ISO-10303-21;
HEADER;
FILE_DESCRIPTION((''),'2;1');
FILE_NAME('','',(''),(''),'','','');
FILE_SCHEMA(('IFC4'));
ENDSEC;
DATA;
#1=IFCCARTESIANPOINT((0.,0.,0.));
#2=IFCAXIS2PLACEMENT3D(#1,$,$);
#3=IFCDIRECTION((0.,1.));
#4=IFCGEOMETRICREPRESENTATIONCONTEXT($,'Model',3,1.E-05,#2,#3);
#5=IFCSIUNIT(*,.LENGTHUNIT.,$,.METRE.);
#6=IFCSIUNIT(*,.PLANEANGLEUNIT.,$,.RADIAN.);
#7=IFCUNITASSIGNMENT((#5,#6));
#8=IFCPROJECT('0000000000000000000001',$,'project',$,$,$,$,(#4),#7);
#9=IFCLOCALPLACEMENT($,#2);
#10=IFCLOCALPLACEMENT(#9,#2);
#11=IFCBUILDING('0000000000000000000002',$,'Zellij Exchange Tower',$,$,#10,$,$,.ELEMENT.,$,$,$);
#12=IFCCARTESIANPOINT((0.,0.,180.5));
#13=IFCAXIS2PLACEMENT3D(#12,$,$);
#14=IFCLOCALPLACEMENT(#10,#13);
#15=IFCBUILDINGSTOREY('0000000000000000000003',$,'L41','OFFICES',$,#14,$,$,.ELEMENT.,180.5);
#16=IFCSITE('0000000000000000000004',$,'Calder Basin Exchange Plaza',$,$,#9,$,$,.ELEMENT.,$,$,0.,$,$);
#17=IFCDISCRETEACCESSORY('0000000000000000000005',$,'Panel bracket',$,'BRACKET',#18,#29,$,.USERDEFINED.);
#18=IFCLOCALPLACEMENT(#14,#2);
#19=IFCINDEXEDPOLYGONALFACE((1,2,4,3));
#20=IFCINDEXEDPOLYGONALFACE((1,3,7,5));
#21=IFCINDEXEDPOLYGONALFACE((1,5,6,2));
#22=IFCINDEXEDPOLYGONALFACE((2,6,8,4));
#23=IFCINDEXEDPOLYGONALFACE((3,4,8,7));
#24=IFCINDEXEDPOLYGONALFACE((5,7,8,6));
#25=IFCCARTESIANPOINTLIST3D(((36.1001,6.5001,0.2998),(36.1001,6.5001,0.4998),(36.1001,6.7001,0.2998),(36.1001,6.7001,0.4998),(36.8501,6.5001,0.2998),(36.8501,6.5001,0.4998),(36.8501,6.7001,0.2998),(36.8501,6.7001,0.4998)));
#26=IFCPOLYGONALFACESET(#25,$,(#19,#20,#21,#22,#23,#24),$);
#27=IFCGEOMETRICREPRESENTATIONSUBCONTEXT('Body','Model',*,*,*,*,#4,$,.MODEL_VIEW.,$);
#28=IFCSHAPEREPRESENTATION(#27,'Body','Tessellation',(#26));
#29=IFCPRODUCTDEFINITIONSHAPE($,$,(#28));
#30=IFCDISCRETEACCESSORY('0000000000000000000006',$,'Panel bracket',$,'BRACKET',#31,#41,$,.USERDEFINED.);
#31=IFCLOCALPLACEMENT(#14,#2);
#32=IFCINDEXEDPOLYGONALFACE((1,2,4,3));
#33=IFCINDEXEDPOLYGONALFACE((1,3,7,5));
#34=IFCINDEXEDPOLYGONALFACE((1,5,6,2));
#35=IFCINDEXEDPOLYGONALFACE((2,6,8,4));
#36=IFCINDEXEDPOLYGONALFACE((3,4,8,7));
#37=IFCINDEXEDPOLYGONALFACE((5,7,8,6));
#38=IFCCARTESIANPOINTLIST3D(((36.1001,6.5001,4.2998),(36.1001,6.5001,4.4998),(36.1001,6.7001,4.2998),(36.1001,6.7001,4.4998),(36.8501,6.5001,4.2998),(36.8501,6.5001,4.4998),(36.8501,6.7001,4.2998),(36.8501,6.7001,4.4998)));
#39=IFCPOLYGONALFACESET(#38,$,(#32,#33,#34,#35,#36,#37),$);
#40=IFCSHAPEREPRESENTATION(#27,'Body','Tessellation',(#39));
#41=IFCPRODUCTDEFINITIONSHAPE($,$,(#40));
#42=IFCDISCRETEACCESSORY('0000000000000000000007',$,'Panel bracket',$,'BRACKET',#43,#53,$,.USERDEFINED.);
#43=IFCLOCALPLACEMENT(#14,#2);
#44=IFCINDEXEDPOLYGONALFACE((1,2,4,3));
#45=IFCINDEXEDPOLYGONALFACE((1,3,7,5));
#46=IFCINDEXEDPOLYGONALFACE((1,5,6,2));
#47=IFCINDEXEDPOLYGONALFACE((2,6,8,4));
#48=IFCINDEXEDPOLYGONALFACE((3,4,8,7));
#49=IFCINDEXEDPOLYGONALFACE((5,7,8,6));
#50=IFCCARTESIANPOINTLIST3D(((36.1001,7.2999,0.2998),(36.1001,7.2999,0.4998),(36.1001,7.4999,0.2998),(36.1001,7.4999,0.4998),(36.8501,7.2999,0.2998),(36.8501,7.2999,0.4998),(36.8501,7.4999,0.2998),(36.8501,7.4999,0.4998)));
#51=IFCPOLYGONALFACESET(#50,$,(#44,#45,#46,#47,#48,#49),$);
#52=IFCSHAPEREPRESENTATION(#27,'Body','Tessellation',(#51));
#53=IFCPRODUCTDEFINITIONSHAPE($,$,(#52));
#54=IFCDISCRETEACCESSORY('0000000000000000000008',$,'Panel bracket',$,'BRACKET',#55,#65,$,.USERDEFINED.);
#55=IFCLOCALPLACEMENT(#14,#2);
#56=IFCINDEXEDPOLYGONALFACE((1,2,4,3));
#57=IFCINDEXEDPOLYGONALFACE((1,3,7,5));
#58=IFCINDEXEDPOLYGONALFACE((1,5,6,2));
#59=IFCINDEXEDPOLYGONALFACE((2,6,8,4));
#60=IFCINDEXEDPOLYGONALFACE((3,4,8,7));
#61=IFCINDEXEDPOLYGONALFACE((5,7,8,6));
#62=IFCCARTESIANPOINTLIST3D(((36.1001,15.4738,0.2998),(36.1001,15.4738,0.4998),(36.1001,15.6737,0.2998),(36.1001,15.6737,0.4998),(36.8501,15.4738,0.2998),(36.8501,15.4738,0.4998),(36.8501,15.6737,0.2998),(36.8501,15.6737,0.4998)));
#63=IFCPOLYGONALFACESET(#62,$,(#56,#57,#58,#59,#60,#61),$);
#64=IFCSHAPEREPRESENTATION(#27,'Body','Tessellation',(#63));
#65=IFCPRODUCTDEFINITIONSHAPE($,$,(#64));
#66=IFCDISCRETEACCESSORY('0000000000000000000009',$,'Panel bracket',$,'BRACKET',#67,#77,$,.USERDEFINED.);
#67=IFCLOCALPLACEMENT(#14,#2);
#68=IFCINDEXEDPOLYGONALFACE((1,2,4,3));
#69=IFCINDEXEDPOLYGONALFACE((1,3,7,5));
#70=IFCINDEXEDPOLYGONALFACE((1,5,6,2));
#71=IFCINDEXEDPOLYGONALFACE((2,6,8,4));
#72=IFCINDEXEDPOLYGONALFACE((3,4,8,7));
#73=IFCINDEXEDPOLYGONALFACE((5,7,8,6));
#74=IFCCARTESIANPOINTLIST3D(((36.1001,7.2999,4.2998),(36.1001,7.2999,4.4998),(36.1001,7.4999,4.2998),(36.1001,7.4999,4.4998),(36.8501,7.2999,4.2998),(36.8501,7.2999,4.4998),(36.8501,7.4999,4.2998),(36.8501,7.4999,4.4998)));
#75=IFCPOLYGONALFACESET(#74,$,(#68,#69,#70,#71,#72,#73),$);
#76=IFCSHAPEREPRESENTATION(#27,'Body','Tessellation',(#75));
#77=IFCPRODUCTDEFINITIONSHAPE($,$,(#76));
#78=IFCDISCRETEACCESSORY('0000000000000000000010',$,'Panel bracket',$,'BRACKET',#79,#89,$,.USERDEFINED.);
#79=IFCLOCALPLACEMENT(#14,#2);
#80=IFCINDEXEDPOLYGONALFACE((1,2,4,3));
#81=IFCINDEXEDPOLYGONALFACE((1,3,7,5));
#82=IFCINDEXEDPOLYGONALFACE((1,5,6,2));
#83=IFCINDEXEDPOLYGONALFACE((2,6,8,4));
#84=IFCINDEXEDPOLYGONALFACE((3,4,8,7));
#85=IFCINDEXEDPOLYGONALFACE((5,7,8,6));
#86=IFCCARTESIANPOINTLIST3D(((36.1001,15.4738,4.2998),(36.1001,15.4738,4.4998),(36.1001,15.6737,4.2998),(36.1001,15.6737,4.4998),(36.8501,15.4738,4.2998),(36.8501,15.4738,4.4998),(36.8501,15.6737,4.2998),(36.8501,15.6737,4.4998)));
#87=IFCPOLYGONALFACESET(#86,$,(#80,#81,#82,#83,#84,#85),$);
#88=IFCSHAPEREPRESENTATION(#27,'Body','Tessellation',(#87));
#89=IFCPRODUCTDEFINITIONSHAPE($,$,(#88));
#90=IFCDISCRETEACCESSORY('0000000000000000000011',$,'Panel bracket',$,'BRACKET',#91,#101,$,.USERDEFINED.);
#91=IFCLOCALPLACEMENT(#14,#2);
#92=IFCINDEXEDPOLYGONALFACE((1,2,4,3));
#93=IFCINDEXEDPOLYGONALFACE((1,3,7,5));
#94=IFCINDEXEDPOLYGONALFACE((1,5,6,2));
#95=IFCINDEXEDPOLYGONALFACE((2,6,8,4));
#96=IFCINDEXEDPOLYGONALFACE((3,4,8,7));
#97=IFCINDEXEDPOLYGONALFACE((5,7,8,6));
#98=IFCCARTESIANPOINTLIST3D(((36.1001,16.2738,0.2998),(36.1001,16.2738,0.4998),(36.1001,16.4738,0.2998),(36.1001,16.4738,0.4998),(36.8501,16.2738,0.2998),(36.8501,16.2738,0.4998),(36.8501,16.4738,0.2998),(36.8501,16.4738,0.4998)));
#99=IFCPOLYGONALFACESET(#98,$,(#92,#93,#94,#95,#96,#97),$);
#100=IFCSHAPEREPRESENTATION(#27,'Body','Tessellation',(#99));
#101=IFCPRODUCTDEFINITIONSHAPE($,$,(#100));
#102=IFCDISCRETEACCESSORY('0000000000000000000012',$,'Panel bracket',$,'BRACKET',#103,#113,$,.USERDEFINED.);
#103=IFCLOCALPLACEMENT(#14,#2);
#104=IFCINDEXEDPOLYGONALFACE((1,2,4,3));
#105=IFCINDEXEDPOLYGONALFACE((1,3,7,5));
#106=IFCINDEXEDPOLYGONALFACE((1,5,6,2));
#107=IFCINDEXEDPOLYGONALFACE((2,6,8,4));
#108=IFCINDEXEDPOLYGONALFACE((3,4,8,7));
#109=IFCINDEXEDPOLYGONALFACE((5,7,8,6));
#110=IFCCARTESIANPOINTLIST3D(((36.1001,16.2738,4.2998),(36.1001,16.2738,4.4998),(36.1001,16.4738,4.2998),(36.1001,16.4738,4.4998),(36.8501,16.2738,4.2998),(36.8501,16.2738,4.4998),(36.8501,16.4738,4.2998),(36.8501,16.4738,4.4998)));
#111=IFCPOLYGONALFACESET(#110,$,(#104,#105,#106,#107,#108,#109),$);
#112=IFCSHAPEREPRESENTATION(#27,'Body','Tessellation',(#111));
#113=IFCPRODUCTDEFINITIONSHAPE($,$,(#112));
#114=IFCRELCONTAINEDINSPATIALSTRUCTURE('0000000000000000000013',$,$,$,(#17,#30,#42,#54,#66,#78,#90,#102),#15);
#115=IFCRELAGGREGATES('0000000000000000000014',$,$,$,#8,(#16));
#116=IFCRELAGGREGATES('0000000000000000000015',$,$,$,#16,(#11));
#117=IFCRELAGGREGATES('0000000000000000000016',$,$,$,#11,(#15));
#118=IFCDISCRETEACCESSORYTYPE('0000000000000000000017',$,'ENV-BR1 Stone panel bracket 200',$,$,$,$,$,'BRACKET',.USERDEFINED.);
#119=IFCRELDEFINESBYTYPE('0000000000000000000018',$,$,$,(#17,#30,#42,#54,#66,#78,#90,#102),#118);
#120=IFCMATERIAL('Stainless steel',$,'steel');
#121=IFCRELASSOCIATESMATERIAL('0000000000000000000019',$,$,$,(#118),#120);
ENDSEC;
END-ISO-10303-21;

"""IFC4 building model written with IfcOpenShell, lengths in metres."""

from ifc_helpers import new_model, si_unit, direction, frame, origin, origin_2d, place, context, subcontext, project, spatial, rectangle, extrude, material, type_object, element, save


model = new_model("IFC4")

# Units and contexts
model_context = context("Model", 3, precision=1e-05, world=origin(), true_north=direction((0.0, 1.0)))
body_context = subcontext(model_context, "Body", "Model", "MODEL_VIEW")
ifc_project = project(units=[si_unit("LENGTHUNIT", "METRE"), si_unit("PLANEANGLEUNIT", "RADIAN")], contexts=[model_context])

# Site, building, storey
site_placement = place(None, origin())
site = spatial("IfcSite", under=ifc_project, at=site_placement, Name="Calder Basin Exchange Plaza", CompositionType="ELEMENT", RefElevation=0.0)
building_placement = place(site_placement, origin())
building = spatial("IfcBuilding", under=site, at=building_placement, Name="Zellij Exchange Tower", CompositionType="ELEMENT")
storey_placement = place(building_placement, frame((0.0, 0.0, 180.5)))
storey = spatial("IfcBuildingStorey", under=building, at=storey_placement, Name="L41", Description="OFFICES", CompositionType="ELEMENT", Elevation=180.5)

# Discrete accessories
ifc_material_1 = material(Name="Stainless steel", Category="steel")
discrete_accessory_type = type_object("IfcDiscreteAccessoryType", Name="ENV-BR1 Stone panel bracket 200", ElementType="BRACKET", PredefinedType="USERDEFINED", material=ifc_material_1)
for number, where, z_axis, x_axis, name in (
    (1, (36.4751, 6.6001, 0.2998), (0.0, 0.0, 1.0), (0.0, 1.0, 0.0), "Panel bracket"),
    (2, (36.4751, 6.6001, 4.2998), (0.0, 0.0, 1.0), (0.0, 1.0, 0.0), "Panel bracket"),
    (3, (36.4751, 7.3999, 0.2998), (0.0, 0.0, 1.0), (0.0, 1.0, 0.0), "Panel bracket"),
    (4, (36.4751, 15.5737, 0.2998), (0.0, 0.0, 1.0), (0.0, 1.0, 0.0), "Panel bracket"),
    (5, (36.4751, 7.3999, 4.2998), (0.0, 0.0, 1.0), (0.0, 1.0, 0.0), "Panel bracket"),
    (6, (36.4751, 15.5737, 4.2998), (0.0, 0.0, 1.0), (0.0, 1.0, 0.0), "Panel bracket"),
    (7, (36.4751, 16.3738, 0.2998), (0.0, 0.0, 1.0), (0.0, 1.0, 0.0), "Panel bracket"),
    (8, (36.4751, 16.3738, 4.2998), (0.0, 0.0, 1.0), (0.0, 1.0, 0.0), "Panel bracket"),
):
    element("IfcDiscreteAccessory", number, at=place(storey_placement, frame(where, z_axis=z_axis, x_axis=x_axis)), inside=storey, type_object=discrete_accessory_type, Name=name, ObjectType="BRACKET", PredefinedType="USERDEFINED", context=body_context, shape_type="SweptSolid", body=[
        extrude(rectangle(XDim=0.2, YDim=0.75, at=origin_2d()), origin(), (0.0, 0.0, 1.0), 0.2),
    ])

save(model, "model.ifc")
